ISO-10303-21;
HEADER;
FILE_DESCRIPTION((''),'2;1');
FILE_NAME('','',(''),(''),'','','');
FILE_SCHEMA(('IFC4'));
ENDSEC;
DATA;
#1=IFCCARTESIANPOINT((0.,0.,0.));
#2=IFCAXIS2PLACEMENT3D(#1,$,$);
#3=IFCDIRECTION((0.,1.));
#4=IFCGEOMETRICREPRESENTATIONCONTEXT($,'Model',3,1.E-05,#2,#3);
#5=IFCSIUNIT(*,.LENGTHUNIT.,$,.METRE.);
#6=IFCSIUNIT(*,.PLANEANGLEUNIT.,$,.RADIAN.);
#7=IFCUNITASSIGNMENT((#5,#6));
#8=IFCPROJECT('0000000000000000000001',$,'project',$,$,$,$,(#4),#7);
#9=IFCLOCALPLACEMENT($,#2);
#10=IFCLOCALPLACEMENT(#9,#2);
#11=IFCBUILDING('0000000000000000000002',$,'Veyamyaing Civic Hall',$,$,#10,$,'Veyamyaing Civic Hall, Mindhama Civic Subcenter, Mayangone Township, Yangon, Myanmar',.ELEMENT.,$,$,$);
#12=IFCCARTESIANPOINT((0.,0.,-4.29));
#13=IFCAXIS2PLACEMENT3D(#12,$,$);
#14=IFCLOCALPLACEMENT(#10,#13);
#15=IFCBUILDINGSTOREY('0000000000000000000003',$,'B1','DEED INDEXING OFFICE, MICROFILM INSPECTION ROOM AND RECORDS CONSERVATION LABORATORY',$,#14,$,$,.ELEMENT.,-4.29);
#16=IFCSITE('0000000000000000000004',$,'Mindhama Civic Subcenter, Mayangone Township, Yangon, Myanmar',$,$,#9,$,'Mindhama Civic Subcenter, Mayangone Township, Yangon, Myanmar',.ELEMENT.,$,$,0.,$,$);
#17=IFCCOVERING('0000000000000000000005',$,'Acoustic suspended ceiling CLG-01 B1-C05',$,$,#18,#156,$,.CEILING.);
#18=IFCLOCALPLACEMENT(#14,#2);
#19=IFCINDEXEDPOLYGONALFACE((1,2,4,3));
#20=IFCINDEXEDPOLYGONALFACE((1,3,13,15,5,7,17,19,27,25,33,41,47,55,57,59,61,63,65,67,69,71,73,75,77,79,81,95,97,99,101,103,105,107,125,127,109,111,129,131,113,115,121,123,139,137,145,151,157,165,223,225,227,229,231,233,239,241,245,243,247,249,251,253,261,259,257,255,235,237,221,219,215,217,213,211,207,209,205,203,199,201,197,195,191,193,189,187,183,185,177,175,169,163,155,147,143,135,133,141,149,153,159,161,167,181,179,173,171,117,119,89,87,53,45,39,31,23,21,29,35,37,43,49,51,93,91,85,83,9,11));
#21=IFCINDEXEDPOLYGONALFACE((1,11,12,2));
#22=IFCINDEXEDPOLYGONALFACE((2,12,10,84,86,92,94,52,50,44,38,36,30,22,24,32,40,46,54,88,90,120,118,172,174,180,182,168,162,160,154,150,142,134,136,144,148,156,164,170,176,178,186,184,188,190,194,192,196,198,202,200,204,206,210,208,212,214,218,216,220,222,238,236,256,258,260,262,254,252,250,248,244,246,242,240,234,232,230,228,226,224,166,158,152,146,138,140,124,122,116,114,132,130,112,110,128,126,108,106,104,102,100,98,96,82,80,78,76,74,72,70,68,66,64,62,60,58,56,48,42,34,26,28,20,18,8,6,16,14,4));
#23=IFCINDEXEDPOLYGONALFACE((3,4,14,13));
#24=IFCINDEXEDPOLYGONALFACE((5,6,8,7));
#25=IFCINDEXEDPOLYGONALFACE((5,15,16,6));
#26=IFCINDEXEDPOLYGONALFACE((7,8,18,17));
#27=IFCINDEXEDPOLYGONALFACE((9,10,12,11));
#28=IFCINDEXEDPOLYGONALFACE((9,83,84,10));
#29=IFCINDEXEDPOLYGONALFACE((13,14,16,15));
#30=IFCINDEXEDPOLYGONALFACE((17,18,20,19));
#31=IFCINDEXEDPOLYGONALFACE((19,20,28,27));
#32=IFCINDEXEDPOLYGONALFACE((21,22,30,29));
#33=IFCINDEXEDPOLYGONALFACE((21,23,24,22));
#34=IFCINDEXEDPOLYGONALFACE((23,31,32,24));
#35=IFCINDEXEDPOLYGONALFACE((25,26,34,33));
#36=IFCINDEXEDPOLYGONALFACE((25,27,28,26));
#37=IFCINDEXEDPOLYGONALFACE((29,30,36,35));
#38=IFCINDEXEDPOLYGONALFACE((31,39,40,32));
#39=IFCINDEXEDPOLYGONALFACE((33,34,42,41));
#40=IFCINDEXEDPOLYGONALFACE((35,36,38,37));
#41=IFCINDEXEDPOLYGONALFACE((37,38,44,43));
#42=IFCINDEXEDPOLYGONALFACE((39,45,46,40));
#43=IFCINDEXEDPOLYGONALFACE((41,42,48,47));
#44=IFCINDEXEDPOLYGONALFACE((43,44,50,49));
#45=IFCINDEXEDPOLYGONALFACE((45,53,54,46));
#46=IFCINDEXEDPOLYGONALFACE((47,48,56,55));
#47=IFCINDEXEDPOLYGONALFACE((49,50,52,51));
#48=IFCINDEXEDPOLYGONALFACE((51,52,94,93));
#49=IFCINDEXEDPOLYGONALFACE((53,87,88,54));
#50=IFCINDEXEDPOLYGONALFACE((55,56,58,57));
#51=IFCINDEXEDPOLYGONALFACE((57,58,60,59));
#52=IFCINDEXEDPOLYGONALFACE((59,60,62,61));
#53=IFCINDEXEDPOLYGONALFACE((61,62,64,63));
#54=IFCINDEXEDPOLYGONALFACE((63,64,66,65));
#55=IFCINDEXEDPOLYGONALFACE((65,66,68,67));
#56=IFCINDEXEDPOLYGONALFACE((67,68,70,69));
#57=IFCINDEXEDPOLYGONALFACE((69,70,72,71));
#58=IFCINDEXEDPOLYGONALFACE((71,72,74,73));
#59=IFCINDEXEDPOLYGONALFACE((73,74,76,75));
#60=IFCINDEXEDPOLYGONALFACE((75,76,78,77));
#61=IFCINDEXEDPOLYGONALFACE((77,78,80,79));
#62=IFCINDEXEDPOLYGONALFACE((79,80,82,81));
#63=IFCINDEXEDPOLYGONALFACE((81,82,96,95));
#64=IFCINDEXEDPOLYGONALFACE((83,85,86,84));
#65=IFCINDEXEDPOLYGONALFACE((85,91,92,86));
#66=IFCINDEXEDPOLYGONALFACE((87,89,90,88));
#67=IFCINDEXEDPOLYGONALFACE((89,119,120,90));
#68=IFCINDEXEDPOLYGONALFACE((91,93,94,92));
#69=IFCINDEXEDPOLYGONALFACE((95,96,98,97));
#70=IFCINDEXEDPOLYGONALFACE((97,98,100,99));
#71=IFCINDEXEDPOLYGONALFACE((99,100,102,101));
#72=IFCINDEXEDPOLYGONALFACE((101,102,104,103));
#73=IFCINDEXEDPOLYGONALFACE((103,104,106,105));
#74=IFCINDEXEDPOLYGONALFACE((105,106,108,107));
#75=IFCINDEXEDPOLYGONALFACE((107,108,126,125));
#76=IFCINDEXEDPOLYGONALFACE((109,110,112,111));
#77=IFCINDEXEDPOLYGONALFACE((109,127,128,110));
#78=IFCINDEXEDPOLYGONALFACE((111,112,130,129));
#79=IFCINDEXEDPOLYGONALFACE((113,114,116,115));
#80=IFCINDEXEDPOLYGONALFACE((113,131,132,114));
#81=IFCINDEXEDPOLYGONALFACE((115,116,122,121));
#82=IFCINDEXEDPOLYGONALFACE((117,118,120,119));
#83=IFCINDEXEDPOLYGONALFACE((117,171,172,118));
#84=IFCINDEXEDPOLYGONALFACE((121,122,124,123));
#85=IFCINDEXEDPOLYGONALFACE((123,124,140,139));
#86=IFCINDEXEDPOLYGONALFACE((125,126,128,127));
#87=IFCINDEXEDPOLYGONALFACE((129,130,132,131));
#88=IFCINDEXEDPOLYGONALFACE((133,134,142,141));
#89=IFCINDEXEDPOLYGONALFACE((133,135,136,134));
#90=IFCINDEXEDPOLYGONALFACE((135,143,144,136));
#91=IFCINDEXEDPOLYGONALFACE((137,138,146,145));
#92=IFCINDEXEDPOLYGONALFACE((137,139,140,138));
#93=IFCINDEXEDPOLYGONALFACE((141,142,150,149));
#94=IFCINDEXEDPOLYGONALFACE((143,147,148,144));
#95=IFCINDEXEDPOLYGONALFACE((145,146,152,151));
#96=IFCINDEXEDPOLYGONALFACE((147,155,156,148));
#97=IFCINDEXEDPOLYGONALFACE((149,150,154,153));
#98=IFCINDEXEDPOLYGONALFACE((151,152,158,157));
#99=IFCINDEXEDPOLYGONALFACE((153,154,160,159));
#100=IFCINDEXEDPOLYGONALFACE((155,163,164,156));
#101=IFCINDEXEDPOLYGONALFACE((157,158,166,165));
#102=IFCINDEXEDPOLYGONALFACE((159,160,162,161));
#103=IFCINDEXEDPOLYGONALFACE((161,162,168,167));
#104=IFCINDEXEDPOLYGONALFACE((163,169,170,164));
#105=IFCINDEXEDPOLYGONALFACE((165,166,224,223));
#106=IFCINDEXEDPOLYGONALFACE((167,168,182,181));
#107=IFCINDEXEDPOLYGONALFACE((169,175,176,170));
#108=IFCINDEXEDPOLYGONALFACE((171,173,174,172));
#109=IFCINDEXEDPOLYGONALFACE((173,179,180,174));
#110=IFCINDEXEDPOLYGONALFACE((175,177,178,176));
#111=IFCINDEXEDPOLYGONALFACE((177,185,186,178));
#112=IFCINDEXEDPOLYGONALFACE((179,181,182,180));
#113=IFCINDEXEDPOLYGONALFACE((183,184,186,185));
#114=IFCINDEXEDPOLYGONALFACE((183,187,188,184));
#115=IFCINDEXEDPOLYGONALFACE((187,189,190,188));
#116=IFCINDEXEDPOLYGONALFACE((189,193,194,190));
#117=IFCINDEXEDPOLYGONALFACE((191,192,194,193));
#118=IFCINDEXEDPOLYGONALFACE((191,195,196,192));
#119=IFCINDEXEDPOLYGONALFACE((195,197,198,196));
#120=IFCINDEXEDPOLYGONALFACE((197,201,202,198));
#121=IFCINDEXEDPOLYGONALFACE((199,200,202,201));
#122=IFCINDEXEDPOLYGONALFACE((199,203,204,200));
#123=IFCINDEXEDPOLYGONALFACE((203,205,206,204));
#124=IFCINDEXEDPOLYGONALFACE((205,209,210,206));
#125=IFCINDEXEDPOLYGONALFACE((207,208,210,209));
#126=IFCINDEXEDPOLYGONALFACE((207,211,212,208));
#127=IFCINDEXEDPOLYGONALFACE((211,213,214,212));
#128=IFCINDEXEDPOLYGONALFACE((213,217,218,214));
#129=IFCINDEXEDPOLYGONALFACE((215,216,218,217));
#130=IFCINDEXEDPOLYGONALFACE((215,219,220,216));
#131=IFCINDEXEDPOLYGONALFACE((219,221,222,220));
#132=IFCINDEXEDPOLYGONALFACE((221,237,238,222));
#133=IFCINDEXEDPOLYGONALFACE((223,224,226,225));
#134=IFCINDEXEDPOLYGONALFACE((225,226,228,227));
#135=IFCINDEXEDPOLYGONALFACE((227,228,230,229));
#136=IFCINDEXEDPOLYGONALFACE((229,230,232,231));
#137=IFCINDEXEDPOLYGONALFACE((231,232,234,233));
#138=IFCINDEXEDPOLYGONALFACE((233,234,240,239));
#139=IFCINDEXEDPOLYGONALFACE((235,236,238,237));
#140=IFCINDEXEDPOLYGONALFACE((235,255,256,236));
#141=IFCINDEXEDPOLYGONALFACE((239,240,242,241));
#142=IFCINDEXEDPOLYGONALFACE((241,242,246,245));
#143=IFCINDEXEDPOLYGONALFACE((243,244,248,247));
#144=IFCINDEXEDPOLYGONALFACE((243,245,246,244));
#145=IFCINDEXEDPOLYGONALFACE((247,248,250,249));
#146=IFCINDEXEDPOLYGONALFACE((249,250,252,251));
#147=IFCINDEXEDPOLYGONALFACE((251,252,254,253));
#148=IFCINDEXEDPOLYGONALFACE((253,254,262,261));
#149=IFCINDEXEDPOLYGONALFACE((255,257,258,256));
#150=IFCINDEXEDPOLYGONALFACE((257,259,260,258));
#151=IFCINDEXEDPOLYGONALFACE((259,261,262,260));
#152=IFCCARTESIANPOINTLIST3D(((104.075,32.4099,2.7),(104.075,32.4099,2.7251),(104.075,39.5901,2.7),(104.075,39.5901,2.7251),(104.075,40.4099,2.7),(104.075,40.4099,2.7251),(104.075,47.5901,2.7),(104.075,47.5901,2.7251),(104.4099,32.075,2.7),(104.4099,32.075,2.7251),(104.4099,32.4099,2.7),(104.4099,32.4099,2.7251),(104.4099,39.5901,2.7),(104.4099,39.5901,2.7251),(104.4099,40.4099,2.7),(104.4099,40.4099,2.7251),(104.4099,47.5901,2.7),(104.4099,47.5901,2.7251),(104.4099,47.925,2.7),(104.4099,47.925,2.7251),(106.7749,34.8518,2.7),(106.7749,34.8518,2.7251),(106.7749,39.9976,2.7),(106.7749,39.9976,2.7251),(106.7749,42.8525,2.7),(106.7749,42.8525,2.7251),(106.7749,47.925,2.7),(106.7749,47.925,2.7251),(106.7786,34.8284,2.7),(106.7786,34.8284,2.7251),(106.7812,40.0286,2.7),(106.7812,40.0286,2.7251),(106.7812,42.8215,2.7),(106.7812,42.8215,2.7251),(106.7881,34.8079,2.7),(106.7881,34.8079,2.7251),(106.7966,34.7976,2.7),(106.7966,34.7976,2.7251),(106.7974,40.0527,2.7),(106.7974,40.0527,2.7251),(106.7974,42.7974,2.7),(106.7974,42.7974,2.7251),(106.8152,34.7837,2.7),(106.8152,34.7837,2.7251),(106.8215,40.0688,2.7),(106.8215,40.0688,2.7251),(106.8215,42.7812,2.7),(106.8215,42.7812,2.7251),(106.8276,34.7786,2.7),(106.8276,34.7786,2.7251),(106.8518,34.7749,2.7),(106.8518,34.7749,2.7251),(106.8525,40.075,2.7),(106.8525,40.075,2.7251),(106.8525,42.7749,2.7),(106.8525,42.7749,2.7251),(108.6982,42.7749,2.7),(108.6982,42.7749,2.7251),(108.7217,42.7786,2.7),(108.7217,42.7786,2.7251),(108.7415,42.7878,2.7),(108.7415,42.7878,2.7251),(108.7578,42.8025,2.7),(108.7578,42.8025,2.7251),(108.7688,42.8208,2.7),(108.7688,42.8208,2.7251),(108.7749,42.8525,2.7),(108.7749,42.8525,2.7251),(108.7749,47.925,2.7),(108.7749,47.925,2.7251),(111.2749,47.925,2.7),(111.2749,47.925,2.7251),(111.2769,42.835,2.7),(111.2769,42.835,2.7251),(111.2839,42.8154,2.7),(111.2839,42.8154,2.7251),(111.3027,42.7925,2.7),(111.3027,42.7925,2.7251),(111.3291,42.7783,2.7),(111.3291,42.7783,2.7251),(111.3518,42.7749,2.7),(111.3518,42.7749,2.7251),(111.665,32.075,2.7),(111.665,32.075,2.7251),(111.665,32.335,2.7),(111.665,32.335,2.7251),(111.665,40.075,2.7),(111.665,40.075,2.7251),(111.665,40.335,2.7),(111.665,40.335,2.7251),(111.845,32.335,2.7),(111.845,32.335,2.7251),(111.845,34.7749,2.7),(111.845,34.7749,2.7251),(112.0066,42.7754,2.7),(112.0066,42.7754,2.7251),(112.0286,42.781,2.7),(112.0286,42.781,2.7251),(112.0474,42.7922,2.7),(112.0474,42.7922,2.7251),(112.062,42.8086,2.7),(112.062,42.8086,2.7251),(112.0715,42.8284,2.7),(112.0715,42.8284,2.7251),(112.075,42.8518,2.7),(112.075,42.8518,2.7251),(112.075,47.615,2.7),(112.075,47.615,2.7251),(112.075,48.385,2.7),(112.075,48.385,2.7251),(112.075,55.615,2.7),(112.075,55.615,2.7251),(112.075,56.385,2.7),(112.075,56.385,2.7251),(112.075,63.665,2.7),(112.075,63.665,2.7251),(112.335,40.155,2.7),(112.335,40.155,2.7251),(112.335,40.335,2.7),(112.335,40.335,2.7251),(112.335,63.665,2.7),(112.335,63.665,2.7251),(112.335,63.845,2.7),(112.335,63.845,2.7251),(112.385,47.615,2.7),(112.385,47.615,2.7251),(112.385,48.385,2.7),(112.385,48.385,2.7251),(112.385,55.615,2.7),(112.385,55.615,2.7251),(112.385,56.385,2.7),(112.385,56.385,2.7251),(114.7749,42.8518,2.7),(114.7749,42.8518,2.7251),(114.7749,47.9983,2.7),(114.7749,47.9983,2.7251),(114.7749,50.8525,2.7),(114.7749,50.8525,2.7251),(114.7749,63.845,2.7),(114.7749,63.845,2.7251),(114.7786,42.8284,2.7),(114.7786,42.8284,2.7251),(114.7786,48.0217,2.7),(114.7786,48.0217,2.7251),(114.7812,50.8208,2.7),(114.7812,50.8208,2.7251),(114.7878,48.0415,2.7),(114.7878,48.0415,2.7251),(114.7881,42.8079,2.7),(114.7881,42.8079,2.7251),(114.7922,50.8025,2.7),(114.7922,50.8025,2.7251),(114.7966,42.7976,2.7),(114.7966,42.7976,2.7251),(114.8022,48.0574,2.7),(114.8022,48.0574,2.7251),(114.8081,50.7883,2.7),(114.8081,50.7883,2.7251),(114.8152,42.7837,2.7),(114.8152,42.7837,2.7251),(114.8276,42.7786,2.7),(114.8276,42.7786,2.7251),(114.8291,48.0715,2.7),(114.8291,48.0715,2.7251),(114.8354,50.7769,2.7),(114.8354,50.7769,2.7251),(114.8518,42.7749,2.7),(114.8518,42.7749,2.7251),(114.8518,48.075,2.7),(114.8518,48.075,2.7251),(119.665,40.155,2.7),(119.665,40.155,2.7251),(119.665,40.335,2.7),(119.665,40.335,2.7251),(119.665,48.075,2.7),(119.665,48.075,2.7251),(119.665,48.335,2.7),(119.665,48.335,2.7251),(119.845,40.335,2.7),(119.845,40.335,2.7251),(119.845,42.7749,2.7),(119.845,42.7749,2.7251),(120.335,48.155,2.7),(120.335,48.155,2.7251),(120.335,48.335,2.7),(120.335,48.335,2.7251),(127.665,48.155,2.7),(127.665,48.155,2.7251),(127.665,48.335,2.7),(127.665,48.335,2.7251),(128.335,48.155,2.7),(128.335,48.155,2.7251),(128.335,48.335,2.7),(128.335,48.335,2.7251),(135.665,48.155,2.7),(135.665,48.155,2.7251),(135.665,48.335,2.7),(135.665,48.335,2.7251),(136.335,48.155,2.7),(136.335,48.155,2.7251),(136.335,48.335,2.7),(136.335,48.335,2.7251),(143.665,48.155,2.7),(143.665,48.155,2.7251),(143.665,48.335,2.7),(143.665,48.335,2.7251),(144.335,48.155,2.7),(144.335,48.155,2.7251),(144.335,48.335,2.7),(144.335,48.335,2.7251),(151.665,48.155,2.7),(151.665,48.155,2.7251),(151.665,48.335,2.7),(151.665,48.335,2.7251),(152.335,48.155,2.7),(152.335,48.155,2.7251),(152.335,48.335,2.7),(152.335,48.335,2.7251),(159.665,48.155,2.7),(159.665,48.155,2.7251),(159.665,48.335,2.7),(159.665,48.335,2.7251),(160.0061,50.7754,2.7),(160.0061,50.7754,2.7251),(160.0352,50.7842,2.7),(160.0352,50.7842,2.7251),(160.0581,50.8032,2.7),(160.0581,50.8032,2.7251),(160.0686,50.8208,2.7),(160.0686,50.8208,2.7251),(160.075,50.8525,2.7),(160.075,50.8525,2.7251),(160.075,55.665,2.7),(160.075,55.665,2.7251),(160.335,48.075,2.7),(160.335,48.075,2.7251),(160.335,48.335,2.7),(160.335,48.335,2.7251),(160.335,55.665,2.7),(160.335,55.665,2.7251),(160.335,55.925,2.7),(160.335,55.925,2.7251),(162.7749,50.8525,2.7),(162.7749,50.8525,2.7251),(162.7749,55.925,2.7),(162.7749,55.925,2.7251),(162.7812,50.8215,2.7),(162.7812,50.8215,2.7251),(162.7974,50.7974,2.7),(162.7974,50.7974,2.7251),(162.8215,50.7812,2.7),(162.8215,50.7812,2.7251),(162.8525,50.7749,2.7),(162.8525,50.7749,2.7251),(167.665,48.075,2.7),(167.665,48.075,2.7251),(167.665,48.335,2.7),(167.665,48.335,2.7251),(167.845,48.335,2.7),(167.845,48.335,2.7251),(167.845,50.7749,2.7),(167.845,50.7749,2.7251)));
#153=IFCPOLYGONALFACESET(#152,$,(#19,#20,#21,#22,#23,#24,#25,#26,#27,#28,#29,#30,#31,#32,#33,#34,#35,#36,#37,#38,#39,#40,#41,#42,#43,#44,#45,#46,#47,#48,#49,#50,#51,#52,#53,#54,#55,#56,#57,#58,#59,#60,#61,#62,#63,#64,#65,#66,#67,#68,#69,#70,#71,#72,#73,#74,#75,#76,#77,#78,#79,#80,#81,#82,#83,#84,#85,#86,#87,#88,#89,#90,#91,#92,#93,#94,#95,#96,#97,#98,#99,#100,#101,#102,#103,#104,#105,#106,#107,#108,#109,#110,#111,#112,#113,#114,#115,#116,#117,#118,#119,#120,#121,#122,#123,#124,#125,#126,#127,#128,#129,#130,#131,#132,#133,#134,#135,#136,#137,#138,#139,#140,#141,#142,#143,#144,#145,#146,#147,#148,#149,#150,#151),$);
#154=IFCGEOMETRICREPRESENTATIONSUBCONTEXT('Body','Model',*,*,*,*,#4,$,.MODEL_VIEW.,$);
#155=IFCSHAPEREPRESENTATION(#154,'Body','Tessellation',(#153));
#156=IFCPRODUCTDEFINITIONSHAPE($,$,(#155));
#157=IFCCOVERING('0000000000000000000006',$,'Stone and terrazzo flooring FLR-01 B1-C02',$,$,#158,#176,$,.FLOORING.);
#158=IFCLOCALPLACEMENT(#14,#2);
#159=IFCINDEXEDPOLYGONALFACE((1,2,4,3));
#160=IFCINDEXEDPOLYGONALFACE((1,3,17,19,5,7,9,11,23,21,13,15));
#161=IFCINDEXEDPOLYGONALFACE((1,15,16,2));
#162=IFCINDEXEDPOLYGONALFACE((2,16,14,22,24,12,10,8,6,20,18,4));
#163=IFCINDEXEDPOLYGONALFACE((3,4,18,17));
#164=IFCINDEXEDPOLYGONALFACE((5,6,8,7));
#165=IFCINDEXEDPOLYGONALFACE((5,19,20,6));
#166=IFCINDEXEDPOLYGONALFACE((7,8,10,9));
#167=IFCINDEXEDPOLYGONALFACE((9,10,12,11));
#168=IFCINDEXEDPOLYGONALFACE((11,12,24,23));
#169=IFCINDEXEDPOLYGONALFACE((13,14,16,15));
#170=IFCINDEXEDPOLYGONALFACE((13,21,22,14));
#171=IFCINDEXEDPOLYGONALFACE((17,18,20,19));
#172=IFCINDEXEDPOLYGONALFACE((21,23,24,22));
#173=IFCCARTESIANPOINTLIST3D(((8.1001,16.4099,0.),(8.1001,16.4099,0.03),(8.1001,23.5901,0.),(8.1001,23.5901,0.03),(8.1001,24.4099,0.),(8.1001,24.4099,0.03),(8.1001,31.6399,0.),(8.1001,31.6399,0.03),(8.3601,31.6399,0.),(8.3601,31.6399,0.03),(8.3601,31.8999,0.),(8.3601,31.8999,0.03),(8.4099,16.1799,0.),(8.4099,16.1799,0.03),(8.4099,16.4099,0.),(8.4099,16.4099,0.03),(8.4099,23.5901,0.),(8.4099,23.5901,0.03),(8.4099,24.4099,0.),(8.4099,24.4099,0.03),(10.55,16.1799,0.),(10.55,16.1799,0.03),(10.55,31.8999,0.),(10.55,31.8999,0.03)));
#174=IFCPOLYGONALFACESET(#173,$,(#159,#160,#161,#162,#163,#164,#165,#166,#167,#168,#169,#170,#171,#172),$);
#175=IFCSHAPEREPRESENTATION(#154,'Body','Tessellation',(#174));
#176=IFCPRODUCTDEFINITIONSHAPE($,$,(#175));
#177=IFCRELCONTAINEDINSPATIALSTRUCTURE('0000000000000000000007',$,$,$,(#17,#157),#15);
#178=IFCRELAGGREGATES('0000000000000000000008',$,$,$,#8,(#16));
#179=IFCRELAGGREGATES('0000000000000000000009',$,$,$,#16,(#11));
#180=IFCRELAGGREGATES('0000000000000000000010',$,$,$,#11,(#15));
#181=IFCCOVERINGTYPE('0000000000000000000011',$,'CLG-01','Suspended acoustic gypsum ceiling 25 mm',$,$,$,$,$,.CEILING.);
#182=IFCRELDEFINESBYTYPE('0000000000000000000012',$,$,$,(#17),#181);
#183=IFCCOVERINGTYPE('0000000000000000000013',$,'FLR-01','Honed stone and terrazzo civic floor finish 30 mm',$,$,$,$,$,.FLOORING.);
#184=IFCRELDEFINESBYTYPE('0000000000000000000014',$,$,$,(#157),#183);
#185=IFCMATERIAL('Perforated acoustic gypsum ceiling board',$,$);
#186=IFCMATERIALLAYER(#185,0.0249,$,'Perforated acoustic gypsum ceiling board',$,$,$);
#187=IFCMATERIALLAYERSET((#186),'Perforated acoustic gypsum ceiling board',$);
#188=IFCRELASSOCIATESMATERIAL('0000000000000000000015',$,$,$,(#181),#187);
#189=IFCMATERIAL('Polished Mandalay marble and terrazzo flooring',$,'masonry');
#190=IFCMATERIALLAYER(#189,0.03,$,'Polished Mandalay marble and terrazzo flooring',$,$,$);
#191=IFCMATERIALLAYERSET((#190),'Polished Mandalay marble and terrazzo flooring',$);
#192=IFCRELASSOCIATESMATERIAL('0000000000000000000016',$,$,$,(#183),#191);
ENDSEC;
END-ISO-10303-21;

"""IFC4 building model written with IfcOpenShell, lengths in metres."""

from ifc_helpers import new_model, si_unit, direction, frame, origin, place, context, subcontext, project, spatial, polyline, outline, extrude, material, layer, layer_set, type_object, element, save


model = new_model("IFC4")

# Units and contexts
model_context = context("Model", 3, precision=1e-05, world=origin(), true_north=direction((0.0, 1.0)))
body_context = subcontext(model_context, "Body", "Model", "MODEL_VIEW")
ifc_project = project(units=[si_unit("LENGTHUNIT", "METRE"), si_unit("PLANEANGLEUNIT", "RADIAN")], contexts=[model_context])

# Site, building, storey
site_placement = place(None, origin())
site = spatial("IfcSite", under=ifc_project, at=site_placement, Name="Mindhama Civic Subcenter, Mayangone Township, Yangon, Myanmar", LongName="Mindhama Civic Subcenter, Mayangone Township, Yangon, Myanmar", CompositionType="ELEMENT", RefElevation=0.0)
building_placement = place(site_placement, origin())
building = spatial("IfcBuilding", under=site, at=building_placement, Name="Veyamyaing Civic Hall", LongName="Veyamyaing Civic Hall, Mindhama Civic Subcenter, Mayangone Township, Yangon, Myanmar", CompositionType="ELEMENT")
storey_placement = place(building_placement, frame((0.0, 0.0, -4.29)))
storey = spatial("IfcBuildingStorey", under=building, at=storey_placement, Name="B1", Description="DEED INDEXING OFFICE, MICROFILM INSPECTION ROOM AND RECORDS CONSERVATION LABORATORY", CompositionType="ELEMENT", Elevation=-4.29)

# Coverings
ifc_material_1 = material(Name="Perforated acoustic gypsum ceiling board")
ifc_layer_1 = layer(ifc_material_1, 0.0249, Name="Perforated acoustic gypsum ceiling board")
ifc_layer_set_1 = layer_set([ifc_layer_1], Name="Perforated acoustic gypsum ceiling board")
covering_type_1 = type_object("IfcCoveringType", Name="CLG-01", Description="Suspended acoustic gypsum ceiling 25 mm", PredefinedType="CEILING", material=ifc_layer_set_1)
covering_1_placement = place(storey_placement, frame((0.0, 0.0, 2.7)))
element("IfcCovering", 1, at=covering_1_placement, inside=storey, type_object=covering_type_1, Name="Acoustic suspended ceiling CLG-01 B1-C05", PredefinedType="CEILING", context=body_context, shape_type="SweptSolid", body=[
    extrude(outline(polyline([(106.7749, 42.8525), (106.7812, 42.8215), (106.7974, 42.7974), (106.8215, 42.7812), (106.8525, 42.7749), (108.6982, 42.7749), (108.7217, 42.7786), (108.7415, 42.7878), (108.7578, 42.8025), (108.7688, 42.8208), (108.7749, 42.8525), (108.7749, 47.925), (111.2749, 47.925), (111.2769, 42.835), (111.2839, 42.8154), (111.3027, 42.7925), (111.3291, 42.7783), (111.3518, 42.7749), (112.0066, 42.7754), (112.0286, 42.781), (112.0474, 42.7922), (112.062, 42.8086), (112.0715, 42.8284), (112.075, 42.8518), (112.075, 47.615), (112.385, 47.615), (112.385, 48.385), (112.075, 48.385), (112.075, 55.615), (112.385, 55.615), (112.385, 56.385), (112.075, 56.385), (112.075, 63.665), (112.335, 63.665), (112.335, 63.845), (114.7749, 63.845), (114.7749, 50.8525), (114.7812, 50.8208), (114.7922, 50.8025), (114.8081, 50.7883), (114.8354, 50.7769), (160.0061, 50.7754), (160.0352, 50.7842), (160.0581, 50.8032), (160.0686, 50.8208), (160.075, 50.8525), (160.075, 55.665), (160.335, 55.665), (160.335, 55.925), (162.7749, 55.925), (162.7749, 50.8525), (162.7812, 50.8215), (162.7974, 50.7974), (162.8215, 50.7812), (162.8525, 50.7749), (167.845, 50.7749), (167.845, 48.335), (167.665, 48.335), (167.665, 48.075), (160.335, 48.075), (160.335, 48.335), (159.665, 48.335), (159.665, 48.155), (152.335, 48.155), (152.335, 48.335), (151.665, 48.335), (151.665, 48.155), (144.335, 48.155), (144.335, 48.335), (143.665, 48.335), (143.665, 48.155), (136.335, 48.155), (136.335, 48.335), (135.665, 48.335), (135.665, 48.155), (128.335, 48.155), (128.335, 48.335), (127.665, 48.335), (127.665, 48.155), (120.335, 48.155), (120.335, 48.335), (119.665, 48.335), (119.665, 48.075), (114.8518, 48.075), (114.8291, 48.0715), (114.8022, 48.0574), (114.7878, 48.0415), (114.7786, 48.0217), (114.7749, 47.9983), (114.7749, 42.8518), (114.7786, 42.8284), (114.7881, 42.8079), (114.7966, 42.7976), (114.8152, 42.7837), (114.8276, 42.7786), (114.8518, 42.7749), (119.845, 42.7749), (119.845, 40.335), (119.665, 40.335), (119.665, 40.155), (112.335, 40.155), (112.335, 40.335), (111.665, 40.335), (111.665, 40.075), (106.8525, 40.075), (106.8215, 40.0688), (106.7974, 40.0527), (106.7812, 40.0286), (106.7749, 39.9976), (106.7749, 34.8518), (106.7786, 34.8284), (106.7881, 34.8079), (106.7966, 34.7976), (106.8152, 34.7837), (106.8276, 34.7786), (106.8518, 34.7749), (111.845, 34.7749), (111.845, 32.335), (111.665, 32.335), (111.665, 32.075), (104.4099, 32.075), (104.4099, 32.4099), (104.075, 32.4099), (104.075, 39.5901), (104.4099, 39.5901), (104.4099, 40.4099), (104.075, 40.4099), (104.075, 47.5901), (104.4099, 47.5901), (104.4099, 47.925), (106.7749, 47.925), (106.7749, 42.8525)])), origin(), (0.0, 0.0, 1.0), 0.0251),
])
ifc_material_2 = material(Name="Polished Mandalay marble and terrazzo flooring", Category="masonry")
ifc_layer_2 = layer(ifc_material_2, 0.03, Name="Polished Mandalay marble and terrazzo flooring")
ifc_layer_set_2 = layer_set([ifc_layer_2], Name="Polished Mandalay marble and terrazzo flooring")
covering_type_2 = type_object("IfcCoveringType", Name="FLR-01", Description="Honed stone and terrazzo civic floor finish 30 mm", PredefinedType="FLOORING", material=ifc_layer_set_2)
covering_2_placement = place(storey_placement, origin())
element("IfcCovering", 2, at=covering_2_placement, inside=storey, type_object=covering_type_2, Name="Stone and terrazzo flooring FLR-01 B1-C02", PredefinedType="FLOORING", context=body_context, shape_type="SweptSolid", body=[
    extrude(outline(polyline([(8.4099, 16.1799), (8.4099, 16.4099), (8.1001, 16.4099), (8.1001, 23.5901), (8.4099, 23.5901), (8.4099, 24.4099), (8.1001, 24.4099), (8.1001, 31.6399), (8.3601, 31.6399), (8.3601, 31.8999), (10.55, 31.8999), (10.55, 16.1799), (8.4099, 16.1799)])), origin(), (0.0, 0.0, 1.0), 0.03),
])

save(model, "model.ifc")
